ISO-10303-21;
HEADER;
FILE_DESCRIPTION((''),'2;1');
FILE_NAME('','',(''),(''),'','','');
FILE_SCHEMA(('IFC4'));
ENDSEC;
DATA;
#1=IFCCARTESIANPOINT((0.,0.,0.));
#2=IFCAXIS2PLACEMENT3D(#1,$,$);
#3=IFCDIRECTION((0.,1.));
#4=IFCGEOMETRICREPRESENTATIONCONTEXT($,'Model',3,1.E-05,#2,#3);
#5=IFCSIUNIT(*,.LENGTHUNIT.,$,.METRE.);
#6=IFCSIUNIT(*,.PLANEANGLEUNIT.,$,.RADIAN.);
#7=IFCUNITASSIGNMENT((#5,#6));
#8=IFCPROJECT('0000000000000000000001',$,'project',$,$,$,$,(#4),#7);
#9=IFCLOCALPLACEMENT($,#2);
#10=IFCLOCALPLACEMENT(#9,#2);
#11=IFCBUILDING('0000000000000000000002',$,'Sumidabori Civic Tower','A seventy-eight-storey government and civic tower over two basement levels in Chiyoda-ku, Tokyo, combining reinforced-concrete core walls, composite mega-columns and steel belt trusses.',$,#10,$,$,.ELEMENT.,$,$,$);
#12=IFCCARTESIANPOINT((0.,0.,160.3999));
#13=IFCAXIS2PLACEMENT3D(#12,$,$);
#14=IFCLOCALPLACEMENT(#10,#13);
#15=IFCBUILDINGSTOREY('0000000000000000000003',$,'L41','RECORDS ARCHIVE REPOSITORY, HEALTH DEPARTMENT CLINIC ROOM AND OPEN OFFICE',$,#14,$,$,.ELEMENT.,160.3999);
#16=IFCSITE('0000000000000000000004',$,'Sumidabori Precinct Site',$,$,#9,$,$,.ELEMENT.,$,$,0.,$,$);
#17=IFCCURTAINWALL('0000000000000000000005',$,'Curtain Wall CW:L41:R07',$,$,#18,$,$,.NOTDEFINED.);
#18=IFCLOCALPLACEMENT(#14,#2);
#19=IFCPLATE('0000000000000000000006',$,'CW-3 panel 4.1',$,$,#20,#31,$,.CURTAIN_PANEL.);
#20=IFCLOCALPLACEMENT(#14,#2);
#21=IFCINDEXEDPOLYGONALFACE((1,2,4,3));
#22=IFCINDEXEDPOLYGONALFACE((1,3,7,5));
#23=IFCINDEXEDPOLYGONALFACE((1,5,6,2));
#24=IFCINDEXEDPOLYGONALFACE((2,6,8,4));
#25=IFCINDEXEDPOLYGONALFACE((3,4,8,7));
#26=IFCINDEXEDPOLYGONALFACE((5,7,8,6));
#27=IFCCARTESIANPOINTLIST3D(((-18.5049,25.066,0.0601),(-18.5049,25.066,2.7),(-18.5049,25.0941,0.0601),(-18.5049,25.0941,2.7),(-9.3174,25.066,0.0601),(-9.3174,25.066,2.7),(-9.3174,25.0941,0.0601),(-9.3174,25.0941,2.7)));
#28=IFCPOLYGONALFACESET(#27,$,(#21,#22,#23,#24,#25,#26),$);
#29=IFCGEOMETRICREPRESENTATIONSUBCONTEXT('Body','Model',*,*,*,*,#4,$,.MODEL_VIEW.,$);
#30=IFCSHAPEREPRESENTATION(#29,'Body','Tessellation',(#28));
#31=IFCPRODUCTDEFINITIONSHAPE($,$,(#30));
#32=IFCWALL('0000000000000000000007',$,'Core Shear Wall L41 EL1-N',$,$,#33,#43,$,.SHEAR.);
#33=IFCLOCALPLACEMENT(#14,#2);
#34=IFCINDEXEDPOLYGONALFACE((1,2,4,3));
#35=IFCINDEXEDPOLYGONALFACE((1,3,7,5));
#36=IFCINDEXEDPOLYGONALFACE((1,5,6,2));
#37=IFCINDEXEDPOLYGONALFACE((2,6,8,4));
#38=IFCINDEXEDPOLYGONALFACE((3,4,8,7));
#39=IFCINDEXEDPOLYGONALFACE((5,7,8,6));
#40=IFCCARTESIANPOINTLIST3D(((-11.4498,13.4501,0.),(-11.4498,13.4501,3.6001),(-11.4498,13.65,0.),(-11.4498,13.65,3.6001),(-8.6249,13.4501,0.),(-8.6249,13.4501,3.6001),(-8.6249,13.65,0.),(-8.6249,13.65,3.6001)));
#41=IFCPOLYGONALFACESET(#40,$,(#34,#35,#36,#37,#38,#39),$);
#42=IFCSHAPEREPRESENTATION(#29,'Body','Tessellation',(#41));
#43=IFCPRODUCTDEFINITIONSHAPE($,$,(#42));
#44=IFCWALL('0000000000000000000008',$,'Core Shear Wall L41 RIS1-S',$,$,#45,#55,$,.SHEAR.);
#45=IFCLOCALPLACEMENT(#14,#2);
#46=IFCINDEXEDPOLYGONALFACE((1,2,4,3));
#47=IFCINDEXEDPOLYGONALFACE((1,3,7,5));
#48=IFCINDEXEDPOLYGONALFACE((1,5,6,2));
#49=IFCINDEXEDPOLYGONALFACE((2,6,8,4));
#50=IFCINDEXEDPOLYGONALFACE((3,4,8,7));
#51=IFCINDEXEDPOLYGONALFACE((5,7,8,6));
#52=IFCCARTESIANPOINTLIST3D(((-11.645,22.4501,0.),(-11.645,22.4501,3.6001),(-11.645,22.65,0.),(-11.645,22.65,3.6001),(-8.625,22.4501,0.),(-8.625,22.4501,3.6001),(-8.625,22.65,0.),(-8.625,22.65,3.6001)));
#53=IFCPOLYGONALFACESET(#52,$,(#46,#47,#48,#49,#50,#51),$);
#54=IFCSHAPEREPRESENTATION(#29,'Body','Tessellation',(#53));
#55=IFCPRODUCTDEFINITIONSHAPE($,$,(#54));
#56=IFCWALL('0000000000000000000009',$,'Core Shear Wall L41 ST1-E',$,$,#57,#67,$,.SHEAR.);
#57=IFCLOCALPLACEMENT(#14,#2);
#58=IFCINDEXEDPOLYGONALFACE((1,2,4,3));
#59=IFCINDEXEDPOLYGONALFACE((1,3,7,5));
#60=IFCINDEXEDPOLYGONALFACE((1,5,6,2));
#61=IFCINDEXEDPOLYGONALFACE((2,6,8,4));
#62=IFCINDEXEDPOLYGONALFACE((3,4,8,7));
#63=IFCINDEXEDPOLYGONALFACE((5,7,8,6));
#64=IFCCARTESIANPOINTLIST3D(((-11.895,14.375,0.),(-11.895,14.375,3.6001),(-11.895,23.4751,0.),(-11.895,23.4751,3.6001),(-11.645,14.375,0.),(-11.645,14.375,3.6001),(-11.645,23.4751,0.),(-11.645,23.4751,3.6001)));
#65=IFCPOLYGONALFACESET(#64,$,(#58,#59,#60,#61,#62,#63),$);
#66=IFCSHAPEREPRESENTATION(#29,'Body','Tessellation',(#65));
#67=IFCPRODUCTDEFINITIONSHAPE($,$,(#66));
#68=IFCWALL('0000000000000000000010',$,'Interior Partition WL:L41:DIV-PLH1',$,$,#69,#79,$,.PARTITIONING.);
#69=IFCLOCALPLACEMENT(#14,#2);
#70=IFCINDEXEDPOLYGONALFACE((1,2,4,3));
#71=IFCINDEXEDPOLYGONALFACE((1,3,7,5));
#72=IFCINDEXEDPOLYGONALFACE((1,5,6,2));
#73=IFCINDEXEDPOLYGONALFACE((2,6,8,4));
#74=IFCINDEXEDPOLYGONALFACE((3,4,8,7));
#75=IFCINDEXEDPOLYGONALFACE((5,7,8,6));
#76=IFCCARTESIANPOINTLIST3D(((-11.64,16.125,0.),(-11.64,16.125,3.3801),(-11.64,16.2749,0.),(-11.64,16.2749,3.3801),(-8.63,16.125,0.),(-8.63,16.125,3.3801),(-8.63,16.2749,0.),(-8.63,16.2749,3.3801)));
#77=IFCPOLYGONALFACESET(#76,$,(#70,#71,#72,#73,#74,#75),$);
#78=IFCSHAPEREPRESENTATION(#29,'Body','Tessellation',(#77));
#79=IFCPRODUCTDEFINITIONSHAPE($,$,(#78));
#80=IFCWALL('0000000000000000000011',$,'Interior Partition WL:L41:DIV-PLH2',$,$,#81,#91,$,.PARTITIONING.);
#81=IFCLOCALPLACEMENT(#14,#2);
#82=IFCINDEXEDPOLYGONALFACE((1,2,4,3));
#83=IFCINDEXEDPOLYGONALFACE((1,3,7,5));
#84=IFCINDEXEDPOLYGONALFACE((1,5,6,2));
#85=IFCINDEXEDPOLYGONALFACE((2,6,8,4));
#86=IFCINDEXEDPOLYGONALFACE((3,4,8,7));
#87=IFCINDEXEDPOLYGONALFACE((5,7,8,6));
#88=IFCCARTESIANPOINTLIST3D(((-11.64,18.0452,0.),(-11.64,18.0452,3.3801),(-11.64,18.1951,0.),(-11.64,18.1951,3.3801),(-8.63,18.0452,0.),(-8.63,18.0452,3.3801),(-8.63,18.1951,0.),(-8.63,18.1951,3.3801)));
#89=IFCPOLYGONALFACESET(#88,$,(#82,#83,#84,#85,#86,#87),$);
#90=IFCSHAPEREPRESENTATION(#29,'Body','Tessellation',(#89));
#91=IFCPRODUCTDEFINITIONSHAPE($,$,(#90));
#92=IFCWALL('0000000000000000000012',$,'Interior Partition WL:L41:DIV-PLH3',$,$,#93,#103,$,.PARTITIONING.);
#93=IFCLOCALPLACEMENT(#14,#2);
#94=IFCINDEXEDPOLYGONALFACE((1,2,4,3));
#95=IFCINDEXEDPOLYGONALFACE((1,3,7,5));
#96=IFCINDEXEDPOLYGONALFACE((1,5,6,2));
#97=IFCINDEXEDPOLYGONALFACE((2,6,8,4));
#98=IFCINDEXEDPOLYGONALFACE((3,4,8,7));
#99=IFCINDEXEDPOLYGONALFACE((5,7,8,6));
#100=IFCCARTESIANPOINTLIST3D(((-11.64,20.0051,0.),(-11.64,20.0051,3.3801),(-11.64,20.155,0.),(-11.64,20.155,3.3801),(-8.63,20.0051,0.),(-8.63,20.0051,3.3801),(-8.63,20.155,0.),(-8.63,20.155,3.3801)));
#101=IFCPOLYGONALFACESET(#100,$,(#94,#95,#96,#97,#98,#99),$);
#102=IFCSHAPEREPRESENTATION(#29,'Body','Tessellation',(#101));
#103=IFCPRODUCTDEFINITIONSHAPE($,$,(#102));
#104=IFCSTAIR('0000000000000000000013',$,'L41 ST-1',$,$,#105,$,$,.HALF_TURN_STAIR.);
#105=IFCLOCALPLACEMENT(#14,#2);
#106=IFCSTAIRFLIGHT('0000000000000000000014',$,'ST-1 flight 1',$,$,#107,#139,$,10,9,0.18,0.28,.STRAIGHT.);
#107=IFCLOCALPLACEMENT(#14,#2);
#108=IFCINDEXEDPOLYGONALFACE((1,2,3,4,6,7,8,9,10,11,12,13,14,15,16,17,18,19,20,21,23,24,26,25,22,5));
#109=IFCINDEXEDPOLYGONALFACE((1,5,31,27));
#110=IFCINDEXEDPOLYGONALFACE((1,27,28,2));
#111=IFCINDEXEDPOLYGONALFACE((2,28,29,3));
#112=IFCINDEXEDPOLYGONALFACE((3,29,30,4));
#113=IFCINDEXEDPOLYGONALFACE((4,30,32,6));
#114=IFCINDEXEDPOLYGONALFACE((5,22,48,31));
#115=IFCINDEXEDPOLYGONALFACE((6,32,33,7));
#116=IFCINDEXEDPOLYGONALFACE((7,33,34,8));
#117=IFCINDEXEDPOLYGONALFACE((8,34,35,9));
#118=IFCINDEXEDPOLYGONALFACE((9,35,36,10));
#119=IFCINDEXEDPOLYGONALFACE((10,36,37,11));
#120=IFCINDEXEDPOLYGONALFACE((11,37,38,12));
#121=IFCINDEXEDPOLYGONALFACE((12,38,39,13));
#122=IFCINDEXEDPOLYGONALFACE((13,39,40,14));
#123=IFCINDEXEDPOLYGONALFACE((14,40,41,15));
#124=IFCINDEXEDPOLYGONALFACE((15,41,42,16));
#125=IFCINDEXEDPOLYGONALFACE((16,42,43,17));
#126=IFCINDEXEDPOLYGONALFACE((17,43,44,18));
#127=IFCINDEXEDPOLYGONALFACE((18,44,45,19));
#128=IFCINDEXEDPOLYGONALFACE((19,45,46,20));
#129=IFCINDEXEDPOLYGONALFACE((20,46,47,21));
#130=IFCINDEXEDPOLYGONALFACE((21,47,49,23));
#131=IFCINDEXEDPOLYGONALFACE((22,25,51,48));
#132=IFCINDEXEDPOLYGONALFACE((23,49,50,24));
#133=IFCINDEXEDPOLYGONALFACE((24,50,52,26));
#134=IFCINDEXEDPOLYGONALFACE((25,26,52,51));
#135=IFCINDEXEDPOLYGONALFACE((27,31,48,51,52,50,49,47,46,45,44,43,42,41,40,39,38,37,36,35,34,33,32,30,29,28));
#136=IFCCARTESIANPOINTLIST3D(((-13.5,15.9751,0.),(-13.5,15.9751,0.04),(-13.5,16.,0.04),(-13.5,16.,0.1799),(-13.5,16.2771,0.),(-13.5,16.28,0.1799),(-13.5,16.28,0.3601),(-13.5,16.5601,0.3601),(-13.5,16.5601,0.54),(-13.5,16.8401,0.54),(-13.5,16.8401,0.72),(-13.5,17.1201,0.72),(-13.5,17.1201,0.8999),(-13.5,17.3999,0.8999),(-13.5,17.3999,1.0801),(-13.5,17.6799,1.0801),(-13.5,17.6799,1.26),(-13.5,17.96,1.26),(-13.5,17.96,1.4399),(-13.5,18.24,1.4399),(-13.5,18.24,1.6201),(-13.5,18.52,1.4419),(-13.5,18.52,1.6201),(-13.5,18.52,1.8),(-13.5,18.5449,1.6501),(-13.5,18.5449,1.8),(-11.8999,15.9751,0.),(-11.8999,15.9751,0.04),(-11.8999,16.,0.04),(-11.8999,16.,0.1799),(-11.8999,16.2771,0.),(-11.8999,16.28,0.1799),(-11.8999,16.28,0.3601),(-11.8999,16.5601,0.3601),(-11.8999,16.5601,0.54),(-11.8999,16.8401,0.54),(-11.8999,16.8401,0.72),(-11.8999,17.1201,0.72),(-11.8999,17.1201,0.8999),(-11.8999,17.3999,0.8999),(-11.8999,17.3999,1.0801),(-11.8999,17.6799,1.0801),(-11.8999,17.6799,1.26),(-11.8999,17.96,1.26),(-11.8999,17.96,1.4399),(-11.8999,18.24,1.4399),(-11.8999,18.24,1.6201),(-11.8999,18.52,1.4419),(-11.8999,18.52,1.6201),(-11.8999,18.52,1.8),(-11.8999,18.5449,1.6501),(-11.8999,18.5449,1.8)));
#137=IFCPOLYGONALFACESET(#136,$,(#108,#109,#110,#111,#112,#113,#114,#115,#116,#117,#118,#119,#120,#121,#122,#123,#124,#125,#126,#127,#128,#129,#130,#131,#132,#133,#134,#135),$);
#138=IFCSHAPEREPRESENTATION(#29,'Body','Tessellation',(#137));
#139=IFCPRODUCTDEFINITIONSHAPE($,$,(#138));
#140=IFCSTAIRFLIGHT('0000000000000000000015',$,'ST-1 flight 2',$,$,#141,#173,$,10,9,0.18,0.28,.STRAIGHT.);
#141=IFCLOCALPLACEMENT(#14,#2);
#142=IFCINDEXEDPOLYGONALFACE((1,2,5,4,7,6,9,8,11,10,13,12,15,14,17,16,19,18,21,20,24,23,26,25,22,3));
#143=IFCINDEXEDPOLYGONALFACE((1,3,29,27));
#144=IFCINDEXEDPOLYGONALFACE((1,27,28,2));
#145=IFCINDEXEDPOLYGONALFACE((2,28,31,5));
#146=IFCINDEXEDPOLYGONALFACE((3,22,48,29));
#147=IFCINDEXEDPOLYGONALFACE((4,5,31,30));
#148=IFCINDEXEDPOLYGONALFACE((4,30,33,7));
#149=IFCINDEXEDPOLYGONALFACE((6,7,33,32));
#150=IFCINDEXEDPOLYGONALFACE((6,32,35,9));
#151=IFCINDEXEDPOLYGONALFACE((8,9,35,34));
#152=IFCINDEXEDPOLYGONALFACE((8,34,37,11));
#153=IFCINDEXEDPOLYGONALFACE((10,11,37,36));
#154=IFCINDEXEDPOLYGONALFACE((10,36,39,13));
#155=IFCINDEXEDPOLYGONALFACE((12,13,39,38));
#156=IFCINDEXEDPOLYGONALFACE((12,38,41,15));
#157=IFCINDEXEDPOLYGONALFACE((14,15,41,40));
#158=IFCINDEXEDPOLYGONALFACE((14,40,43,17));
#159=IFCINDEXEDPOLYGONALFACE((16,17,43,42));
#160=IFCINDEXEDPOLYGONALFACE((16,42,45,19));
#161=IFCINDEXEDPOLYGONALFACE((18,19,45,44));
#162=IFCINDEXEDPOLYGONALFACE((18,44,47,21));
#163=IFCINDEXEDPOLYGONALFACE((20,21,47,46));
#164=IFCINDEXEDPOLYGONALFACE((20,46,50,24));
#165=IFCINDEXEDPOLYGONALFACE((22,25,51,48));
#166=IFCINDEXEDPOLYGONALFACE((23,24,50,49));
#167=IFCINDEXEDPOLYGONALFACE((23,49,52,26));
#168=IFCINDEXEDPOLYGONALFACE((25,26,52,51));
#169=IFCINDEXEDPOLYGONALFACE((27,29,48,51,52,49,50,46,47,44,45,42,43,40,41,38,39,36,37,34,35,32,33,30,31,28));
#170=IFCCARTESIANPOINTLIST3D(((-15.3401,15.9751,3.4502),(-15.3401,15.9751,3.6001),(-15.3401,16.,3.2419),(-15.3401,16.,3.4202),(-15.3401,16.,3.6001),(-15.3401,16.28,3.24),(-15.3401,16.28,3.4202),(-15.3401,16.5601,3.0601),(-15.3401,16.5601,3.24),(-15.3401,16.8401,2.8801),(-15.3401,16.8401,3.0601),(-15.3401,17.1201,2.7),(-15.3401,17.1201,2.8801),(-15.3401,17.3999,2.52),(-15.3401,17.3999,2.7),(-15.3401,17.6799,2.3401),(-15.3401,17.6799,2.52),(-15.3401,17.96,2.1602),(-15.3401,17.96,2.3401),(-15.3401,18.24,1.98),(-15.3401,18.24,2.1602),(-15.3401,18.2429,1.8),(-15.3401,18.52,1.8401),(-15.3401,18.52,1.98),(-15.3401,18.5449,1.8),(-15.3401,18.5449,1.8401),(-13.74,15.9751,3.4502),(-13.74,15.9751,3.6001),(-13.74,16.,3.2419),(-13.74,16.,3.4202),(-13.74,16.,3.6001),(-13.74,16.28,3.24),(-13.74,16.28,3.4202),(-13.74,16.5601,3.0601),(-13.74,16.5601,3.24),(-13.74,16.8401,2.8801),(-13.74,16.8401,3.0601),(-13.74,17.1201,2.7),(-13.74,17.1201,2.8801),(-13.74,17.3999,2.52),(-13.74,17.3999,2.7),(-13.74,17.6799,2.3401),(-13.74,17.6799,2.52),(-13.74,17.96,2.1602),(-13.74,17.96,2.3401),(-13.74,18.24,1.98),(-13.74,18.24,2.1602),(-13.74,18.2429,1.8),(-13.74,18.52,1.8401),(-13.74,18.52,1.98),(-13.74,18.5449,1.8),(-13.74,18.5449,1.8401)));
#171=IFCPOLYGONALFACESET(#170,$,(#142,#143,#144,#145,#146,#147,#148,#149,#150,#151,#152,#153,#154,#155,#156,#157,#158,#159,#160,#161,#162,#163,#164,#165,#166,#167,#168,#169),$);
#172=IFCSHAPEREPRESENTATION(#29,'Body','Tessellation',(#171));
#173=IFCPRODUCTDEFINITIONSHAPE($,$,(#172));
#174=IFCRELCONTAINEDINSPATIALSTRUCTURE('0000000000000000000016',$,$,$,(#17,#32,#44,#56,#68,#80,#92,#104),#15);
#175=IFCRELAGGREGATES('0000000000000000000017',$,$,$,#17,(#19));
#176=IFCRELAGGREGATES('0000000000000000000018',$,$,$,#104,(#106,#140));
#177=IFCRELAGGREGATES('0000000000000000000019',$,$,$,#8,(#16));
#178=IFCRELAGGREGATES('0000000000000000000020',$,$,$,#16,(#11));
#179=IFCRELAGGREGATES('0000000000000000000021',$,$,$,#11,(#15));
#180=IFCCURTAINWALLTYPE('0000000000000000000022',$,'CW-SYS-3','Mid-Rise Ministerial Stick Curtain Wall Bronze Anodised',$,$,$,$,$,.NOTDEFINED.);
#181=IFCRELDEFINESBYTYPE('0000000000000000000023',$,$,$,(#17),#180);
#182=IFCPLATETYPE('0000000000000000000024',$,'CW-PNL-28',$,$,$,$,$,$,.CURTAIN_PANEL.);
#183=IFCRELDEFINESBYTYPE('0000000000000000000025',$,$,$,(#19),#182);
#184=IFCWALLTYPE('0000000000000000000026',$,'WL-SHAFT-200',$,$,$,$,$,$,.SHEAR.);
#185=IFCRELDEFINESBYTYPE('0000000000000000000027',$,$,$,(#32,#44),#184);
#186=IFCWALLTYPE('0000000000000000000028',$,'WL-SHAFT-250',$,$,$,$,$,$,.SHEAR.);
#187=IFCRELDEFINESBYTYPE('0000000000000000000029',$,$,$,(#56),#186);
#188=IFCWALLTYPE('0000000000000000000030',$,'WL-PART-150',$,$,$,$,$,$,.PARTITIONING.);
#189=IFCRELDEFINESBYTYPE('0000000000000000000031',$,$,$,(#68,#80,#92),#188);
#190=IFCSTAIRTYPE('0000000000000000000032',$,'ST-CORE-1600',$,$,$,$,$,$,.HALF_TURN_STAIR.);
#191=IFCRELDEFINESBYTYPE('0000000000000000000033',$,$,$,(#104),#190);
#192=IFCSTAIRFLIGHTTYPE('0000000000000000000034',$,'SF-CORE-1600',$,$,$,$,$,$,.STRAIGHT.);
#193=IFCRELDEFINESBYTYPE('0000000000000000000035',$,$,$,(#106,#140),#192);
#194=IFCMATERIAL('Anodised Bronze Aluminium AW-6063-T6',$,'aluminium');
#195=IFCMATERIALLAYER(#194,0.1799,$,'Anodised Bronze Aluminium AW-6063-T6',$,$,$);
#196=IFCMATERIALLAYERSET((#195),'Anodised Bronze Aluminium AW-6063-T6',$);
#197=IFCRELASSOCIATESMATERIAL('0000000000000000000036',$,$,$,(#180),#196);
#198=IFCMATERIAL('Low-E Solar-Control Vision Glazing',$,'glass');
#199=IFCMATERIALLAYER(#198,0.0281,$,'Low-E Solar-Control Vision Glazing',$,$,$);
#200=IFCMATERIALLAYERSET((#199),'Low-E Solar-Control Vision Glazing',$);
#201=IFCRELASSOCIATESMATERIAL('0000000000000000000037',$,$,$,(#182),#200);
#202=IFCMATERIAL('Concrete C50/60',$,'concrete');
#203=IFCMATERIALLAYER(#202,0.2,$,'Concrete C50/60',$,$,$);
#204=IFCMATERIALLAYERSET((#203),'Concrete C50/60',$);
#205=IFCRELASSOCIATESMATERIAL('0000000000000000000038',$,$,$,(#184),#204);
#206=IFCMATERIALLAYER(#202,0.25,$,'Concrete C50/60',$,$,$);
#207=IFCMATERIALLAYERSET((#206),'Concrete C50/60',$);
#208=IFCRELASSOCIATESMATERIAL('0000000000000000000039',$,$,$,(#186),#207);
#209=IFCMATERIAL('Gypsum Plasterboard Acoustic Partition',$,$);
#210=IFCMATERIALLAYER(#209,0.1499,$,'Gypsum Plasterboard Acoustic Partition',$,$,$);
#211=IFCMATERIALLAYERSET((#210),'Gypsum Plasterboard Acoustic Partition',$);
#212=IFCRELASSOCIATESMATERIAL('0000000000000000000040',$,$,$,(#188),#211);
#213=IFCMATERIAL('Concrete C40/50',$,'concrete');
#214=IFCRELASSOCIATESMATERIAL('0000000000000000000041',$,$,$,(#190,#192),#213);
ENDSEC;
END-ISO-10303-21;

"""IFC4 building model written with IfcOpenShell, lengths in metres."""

from ifc_helpers import new_model, si_unit, direction, frame, frame_2d, origin, origin_2d, place, context, subcontext, project, spatial, polyline, rectangle, outline, extrude, source, transform, mapped, material, layer, layer_set, type_object, element, aggregate, save


model = new_model("IFC4")

# Units and contexts
model_context = context("Model", 3, precision=1e-05, world=origin(), true_north=direction((0.0, 1.0)))
body_context = subcontext(model_context, "Body", "Model", "MODEL_VIEW")
ifc_project = project(units=[si_unit("LENGTHUNIT", "METRE"), si_unit("PLANEANGLEUNIT", "RADIAN")], contexts=[model_context])

# Site, building, storey
site_placement = place(None, origin())
site = spatial("IfcSite", under=ifc_project, at=site_placement, Name="Sumidabori Precinct Site", CompositionType="ELEMENT", RefElevation=0.0)
building_placement = place(site_placement, origin())
building = spatial("IfcBuilding", under=site, at=building_placement, Name="Sumidabori Civic Tower", Description="A seventy-eight-storey government and civic tower over two basement levels in Chiyoda-ku, Tokyo, combining reinforced-concrete core walls, composite mega-columns and steel belt trusses.", CompositionType="ELEMENT")
storey_placement = place(building_placement, frame((0.0, 0.0, 160.3999)))
storey = spatial("IfcBuildingStorey", under=building, at=storey_placement, Name="L41", Description="RECORDS ARCHIVE REPOSITORY, HEALTH DEPARTMENT CLINIC ROOM AND OPEN OFFICE", CompositionType="ELEMENT", Elevation=160.3999)

# Curtain wall, plate
ifc_material_1 = material(Name="Anodised Bronze Aluminium AW-6063-T6", Category="aluminium")
ifc_layer_1 = layer(ifc_material_1, 0.1799, Name="Anodised Bronze Aluminium AW-6063-T6")
ifc_layer_set_1 = layer_set([ifc_layer_1], Name="Anodised Bronze Aluminium AW-6063-T6")
curtain_wall_type = type_object("IfcCurtainWallType", Name="CW-SYS-3", Description="Mid-Rise Ministerial Stick Curtain Wall Bronze Anodised", PredefinedType="NOTDEFINED", material=ifc_layer_set_1)
curtain_wall_placement = place(storey_placement, origin())
curtain_wall = element("IfcCurtainWall", 1, at=curtain_wall_placement, inside=storey, type_object=curtain_wall_type, Name="Curtain Wall CW:L41:R07", PredefinedType="NOTDEFINED")
ifc_material_2 = material(Name="Low-E Solar-Control Vision Glazing", Category="glass")
ifc_layer_2 = layer(ifc_material_2, 0.0281, Name="Low-E Solar-Control Vision Glazing")
ifc_layer_set_2 = layer_set([ifc_layer_2], Name="Low-E Solar-Control Vision Glazing")
plate_type = type_object("IfcPlateType", Name="CW-PNL-28", PredefinedType="CURTAIN_PANEL", material=ifc_layer_set_2)
shared_shape_1 = source(origin(), body_context, "Body", "SweptSolid", [
    extrude(rectangle(XDim=9.1875, YDim=0.0281, at=origin_2d()), origin(), (0.0, 0.0, 1.0), 2.6399),
])
plate_placement = place(storey_placement, frame((-13.9111, 25.0801, 0.0601), z_axis=(0.0, 0.0, 1.0), x_axis=(-1.0, 0.0, 0.0)))
plate = element("IfcPlate", 2, at=plate_placement, type_object=plate_type, Name="CW-3 panel 4.1", PredefinedType="CURTAIN_PANEL", context=body_context, shape_type="MappedRepresentation", body=[
    mapped(shared_shape_1, transform((0.0, 0.0, 0.0), x_axis=(1.0, 0.0, 0.0), y_axis=(0.0, 1.0, 0.0), z_axis=(0.0, 0.0, 1.0), scale=1.0)),
])
aggregate(curtain_wall, [plate])

# Walls
ifc_material_3 = material(Name="Concrete C50/60", Category="concrete")
ifc_layer_3 = layer(ifc_material_3, 0.2, Name="Concrete C50/60")
ifc_layer_set_3 = layer_set([ifc_layer_3], Name="Concrete C50/60")
wall_type_1 = type_object("IfcWallType", Name="WL-SHAFT-200", PredefinedType="SHEAR", material=ifc_layer_set_3)
shared_shape_2 = source(origin(), body_context, "Body", "SweptSolid", [
    extrude(rectangle(XDim=2.825, YDim=0.2, at=frame_2d((1.4126, 0.0))), origin(), (0.0, 0.0, 1.0), 3.6001),
])
wall_1_placement = place(storey_placement, frame((-11.45, 13.55, 0.0), z_axis=(0.0, 0.0, 1.0), x_axis=(1.0, 0.0, 0.0)))
element("IfcWall", 3, at=wall_1_placement, inside=storey, type_object=wall_type_1, Name="Core Shear Wall L41 EL1-N", PredefinedType="SHEAR", context=body_context, shape_type="MappedRepresentation", body=[
    mapped(shared_shape_2, transform((0.0, 0.0, 0.0), x_axis=(1.0, 0.0, 0.0), y_axis=(0.0, 1.0, 0.0), z_axis=(0.0, 0.0, 1.0), scale=1.0)),
])
shared_shape_3 = source(origin(), body_context, "Body", "SweptSolid", [
    extrude(rectangle(XDim=3.02, YDim=0.2, at=frame_2d((1.51, 0.0))), origin(), (0.0, 0.0, 1.0), 3.6001),
])
wall_2_placement = place(storey_placement, frame((-11.645, 22.55, 0.0), z_axis=(0.0, 0.0, 1.0), x_axis=(1.0, 0.0, 0.0)))
element("IfcWall", 4, at=wall_2_placement, inside=storey, type_object=wall_type_1, Name="Core Shear Wall L41 RIS1-S", PredefinedType="SHEAR", context=body_context, shape_type="MappedRepresentation", body=[
    mapped(shared_shape_3, transform((0.0, 0.0, 0.0), x_axis=(1.0, 0.0, 0.0), y_axis=(0.0, 1.0, 0.0), z_axis=(0.0, 0.0, 1.0), scale=1.0)),
])

# Shared definitions
ifc_layer_4 = layer(ifc_material_3, 0.25, Name="Concrete C50/60")
ifc_layer_set_4 = layer_set([ifc_layer_4], Name="Concrete C50/60")
wall_type_2 = type_object("IfcWallType", Name="WL-SHAFT-250", PredefinedType="SHEAR", material=ifc_layer_set_4)

# Wall
shared_shape_4 = source(origin(), body_context, "Body", "SweptSolid", [
    extrude(rectangle(XDim=9.1001, YDim=0.25, at=frame_2d((4.55, 0.0))), origin(), (0.0, 0.0, 1.0), 3.6001),
])
wall_3_placement = place(storey_placement, frame((-11.77, 14.375, 0.0), z_axis=(0.0, 0.0, 1.0), x_axis=(0.0, 1.0, 0.0)))
element("IfcWall", 5, at=wall_3_placement, inside=storey, type_object=wall_type_2, Name="Core Shear Wall L41 ST1-E", PredefinedType="SHEAR", context=body_context, shape_type="MappedRepresentation", body=[
    mapped(shared_shape_4, transform((0.0, 0.0, 0.0), x_axis=(1.0, 0.0, 0.0), y_axis=(0.0, 1.0, 0.0), z_axis=(0.0, 0.0, 1.0), scale=1.0)),
])

# Walls
ifc_material_4 = material(Name="Gypsum Plasterboard Acoustic Partition")
ifc_layer_5 = layer(ifc_material_4, 0.1499, Name="Gypsum Plasterboard Acoustic Partition")
ifc_layer_set_5 = layer_set([ifc_layer_5], Name="Gypsum Plasterboard Acoustic Partition")
wall_type_3 = type_object("IfcWallType", Name="WL-PART-150", PredefinedType="PARTITIONING", material=ifc_layer_set_5)
shared_shape_5 = source(origin(), body_context, "Body", "SweptSolid", [
    extrude(rectangle(XDim=3.01, YDim=0.1499, at=frame_2d((1.5049, 0.0))), origin(), (0.0, 0.0, 1.0), 3.3801),
])
for number, where, z_axis, x_axis, name in (
    (6, (-11.6399, 16.2, 0.0), (0.0, 0.0, 1.0), (1.0, 0.0, 0.0), "Interior Partition WL:L41:DIV-PLH1"),
    (7, (-11.6399, 18.1201, 0.0), (0.0, 0.0, 1.0), (1.0, 0.0, 0.0), "Interior Partition WL:L41:DIV-PLH2"),
    (8, (-11.6399, 20.0801, 0.0), (0.0, 0.0, 1.0), (1.0, 0.0, 0.0), "Interior Partition WL:L41:DIV-PLH3"),
):
    element("IfcWall", number, at=place(storey_placement, frame(where, z_axis=z_axis, x_axis=x_axis)), inside=storey, type_object=wall_type_3, Name=name, PredefinedType="PARTITIONING", context=body_context, shape_type="MappedRepresentation", body=[
        mapped(shared_shape_5, transform((0.0, 0.0, 0.0), x_axis=(1.0, 0.0, 0.0), y_axis=(0.0, 1.0, 0.0), z_axis=(0.0, 0.0, 1.0), scale=1.0)),
    ])

# Stair, stair flights
ifc_material_5 = material(Name="Concrete C40/50", Category="concrete")
stair_type = type_object("IfcStairType", Name="ST-CORE-1600", PredefinedType="HALF_TURN_STAIR", material=ifc_material_5)
stair_placement = place(storey_placement, origin())
stair = element("IfcStair", 9, at=stair_placement, inside=storey, type_object=stair_type, Name="L41 ST-1", PredefinedType="HALF_TURN_STAIR")
stair_flight_type = type_object("IfcStairFlightType", Name="SF-CORE-1600", PredefinedType="STRAIGHT", material=ifc_material_5)
shared_shape_6 = source(origin(), body_context, "Body", "SweptSolid", [
    extrude(outline(polyline([(-0.0249, 0.0), (-0.0249, 0.04), (0.0, 0.04), (0.0, 0.1799), (0.28, 0.1799), (0.28, 0.3601), (0.5601, 0.3601), (0.5601, 0.54), (0.8401, 0.54), (0.8401, 0.72), (1.1201, 0.72), (1.1201, 0.8999), (1.3999, 0.8999), (1.3999, 1.0801), (1.6799, 1.0801), (1.6799, 1.26), (1.96, 1.26), (1.96, 1.4399), (2.24, 1.4399), (2.24, 1.6201), (2.52, 1.6201), (2.52, 1.8), (2.5449, 1.8), (2.5449, 1.6501), (2.52, 1.4419), (0.2771, 0.0), (-0.0249, 0.0)])), frame((0.0, 0.8, 0.0), z_axis=(0.0, -1.0, 0.0), x_axis=(1.0, 0.0, 0.0)), (0.0, 0.0, 1.0), 1.6001),
])
stair_flight_1_placement = place(storey_placement, frame((-12.7, 16.0, 0.0), z_axis=(0.0, 0.0, 1.0), x_axis=(0.0, 1.0, 0.0)))
stair_flight_1 = element("IfcStairFlight", 10, at=stair_flight_1_placement, type_object=stair_flight_type, Name="ST-1 flight 1", NumberOfRisers=10, NumberOfTreads=9, PredefinedType="STRAIGHT", RiserHeight=0.18, TreadLength=0.28, context=body_context, shape_type="MappedRepresentation", body=[
    mapped(shared_shape_6, transform((0.0, 0.0, 0.0), x_axis=(1.0, 0.0, 0.0), y_axis=(0.0, 1.0, 0.0), z_axis=(0.0, 0.0, 1.0), scale=1.0)),
])
stair_flight_2_placement = place(storey_placement, frame((-14.54, 18.52, 1.8), z_axis=(0.0, 0.0, 1.0), x_axis=(0.0, -1.0, 0.0)))
stair_flight_2 = element("IfcStairFlight", 11, at=stair_flight_2_placement, type_object=stair_flight_type, Name="ST-1 flight 2", NumberOfRisers=10, NumberOfTreads=9, PredefinedType="STRAIGHT", RiserHeight=0.18, TreadLength=0.28, context=body_context, shape_type="MappedRepresentation", body=[
    mapped(shared_shape_6, transform((0.0, 0.0, 0.0), x_axis=(1.0, 0.0, 0.0), y_axis=(0.0, 1.0, 0.0), z_axis=(0.0, 0.0, 1.0), scale=1.0)),
])
aggregate(stair, [stair_flight_1, stair_flight_2])

save(model, "model.ifc")
